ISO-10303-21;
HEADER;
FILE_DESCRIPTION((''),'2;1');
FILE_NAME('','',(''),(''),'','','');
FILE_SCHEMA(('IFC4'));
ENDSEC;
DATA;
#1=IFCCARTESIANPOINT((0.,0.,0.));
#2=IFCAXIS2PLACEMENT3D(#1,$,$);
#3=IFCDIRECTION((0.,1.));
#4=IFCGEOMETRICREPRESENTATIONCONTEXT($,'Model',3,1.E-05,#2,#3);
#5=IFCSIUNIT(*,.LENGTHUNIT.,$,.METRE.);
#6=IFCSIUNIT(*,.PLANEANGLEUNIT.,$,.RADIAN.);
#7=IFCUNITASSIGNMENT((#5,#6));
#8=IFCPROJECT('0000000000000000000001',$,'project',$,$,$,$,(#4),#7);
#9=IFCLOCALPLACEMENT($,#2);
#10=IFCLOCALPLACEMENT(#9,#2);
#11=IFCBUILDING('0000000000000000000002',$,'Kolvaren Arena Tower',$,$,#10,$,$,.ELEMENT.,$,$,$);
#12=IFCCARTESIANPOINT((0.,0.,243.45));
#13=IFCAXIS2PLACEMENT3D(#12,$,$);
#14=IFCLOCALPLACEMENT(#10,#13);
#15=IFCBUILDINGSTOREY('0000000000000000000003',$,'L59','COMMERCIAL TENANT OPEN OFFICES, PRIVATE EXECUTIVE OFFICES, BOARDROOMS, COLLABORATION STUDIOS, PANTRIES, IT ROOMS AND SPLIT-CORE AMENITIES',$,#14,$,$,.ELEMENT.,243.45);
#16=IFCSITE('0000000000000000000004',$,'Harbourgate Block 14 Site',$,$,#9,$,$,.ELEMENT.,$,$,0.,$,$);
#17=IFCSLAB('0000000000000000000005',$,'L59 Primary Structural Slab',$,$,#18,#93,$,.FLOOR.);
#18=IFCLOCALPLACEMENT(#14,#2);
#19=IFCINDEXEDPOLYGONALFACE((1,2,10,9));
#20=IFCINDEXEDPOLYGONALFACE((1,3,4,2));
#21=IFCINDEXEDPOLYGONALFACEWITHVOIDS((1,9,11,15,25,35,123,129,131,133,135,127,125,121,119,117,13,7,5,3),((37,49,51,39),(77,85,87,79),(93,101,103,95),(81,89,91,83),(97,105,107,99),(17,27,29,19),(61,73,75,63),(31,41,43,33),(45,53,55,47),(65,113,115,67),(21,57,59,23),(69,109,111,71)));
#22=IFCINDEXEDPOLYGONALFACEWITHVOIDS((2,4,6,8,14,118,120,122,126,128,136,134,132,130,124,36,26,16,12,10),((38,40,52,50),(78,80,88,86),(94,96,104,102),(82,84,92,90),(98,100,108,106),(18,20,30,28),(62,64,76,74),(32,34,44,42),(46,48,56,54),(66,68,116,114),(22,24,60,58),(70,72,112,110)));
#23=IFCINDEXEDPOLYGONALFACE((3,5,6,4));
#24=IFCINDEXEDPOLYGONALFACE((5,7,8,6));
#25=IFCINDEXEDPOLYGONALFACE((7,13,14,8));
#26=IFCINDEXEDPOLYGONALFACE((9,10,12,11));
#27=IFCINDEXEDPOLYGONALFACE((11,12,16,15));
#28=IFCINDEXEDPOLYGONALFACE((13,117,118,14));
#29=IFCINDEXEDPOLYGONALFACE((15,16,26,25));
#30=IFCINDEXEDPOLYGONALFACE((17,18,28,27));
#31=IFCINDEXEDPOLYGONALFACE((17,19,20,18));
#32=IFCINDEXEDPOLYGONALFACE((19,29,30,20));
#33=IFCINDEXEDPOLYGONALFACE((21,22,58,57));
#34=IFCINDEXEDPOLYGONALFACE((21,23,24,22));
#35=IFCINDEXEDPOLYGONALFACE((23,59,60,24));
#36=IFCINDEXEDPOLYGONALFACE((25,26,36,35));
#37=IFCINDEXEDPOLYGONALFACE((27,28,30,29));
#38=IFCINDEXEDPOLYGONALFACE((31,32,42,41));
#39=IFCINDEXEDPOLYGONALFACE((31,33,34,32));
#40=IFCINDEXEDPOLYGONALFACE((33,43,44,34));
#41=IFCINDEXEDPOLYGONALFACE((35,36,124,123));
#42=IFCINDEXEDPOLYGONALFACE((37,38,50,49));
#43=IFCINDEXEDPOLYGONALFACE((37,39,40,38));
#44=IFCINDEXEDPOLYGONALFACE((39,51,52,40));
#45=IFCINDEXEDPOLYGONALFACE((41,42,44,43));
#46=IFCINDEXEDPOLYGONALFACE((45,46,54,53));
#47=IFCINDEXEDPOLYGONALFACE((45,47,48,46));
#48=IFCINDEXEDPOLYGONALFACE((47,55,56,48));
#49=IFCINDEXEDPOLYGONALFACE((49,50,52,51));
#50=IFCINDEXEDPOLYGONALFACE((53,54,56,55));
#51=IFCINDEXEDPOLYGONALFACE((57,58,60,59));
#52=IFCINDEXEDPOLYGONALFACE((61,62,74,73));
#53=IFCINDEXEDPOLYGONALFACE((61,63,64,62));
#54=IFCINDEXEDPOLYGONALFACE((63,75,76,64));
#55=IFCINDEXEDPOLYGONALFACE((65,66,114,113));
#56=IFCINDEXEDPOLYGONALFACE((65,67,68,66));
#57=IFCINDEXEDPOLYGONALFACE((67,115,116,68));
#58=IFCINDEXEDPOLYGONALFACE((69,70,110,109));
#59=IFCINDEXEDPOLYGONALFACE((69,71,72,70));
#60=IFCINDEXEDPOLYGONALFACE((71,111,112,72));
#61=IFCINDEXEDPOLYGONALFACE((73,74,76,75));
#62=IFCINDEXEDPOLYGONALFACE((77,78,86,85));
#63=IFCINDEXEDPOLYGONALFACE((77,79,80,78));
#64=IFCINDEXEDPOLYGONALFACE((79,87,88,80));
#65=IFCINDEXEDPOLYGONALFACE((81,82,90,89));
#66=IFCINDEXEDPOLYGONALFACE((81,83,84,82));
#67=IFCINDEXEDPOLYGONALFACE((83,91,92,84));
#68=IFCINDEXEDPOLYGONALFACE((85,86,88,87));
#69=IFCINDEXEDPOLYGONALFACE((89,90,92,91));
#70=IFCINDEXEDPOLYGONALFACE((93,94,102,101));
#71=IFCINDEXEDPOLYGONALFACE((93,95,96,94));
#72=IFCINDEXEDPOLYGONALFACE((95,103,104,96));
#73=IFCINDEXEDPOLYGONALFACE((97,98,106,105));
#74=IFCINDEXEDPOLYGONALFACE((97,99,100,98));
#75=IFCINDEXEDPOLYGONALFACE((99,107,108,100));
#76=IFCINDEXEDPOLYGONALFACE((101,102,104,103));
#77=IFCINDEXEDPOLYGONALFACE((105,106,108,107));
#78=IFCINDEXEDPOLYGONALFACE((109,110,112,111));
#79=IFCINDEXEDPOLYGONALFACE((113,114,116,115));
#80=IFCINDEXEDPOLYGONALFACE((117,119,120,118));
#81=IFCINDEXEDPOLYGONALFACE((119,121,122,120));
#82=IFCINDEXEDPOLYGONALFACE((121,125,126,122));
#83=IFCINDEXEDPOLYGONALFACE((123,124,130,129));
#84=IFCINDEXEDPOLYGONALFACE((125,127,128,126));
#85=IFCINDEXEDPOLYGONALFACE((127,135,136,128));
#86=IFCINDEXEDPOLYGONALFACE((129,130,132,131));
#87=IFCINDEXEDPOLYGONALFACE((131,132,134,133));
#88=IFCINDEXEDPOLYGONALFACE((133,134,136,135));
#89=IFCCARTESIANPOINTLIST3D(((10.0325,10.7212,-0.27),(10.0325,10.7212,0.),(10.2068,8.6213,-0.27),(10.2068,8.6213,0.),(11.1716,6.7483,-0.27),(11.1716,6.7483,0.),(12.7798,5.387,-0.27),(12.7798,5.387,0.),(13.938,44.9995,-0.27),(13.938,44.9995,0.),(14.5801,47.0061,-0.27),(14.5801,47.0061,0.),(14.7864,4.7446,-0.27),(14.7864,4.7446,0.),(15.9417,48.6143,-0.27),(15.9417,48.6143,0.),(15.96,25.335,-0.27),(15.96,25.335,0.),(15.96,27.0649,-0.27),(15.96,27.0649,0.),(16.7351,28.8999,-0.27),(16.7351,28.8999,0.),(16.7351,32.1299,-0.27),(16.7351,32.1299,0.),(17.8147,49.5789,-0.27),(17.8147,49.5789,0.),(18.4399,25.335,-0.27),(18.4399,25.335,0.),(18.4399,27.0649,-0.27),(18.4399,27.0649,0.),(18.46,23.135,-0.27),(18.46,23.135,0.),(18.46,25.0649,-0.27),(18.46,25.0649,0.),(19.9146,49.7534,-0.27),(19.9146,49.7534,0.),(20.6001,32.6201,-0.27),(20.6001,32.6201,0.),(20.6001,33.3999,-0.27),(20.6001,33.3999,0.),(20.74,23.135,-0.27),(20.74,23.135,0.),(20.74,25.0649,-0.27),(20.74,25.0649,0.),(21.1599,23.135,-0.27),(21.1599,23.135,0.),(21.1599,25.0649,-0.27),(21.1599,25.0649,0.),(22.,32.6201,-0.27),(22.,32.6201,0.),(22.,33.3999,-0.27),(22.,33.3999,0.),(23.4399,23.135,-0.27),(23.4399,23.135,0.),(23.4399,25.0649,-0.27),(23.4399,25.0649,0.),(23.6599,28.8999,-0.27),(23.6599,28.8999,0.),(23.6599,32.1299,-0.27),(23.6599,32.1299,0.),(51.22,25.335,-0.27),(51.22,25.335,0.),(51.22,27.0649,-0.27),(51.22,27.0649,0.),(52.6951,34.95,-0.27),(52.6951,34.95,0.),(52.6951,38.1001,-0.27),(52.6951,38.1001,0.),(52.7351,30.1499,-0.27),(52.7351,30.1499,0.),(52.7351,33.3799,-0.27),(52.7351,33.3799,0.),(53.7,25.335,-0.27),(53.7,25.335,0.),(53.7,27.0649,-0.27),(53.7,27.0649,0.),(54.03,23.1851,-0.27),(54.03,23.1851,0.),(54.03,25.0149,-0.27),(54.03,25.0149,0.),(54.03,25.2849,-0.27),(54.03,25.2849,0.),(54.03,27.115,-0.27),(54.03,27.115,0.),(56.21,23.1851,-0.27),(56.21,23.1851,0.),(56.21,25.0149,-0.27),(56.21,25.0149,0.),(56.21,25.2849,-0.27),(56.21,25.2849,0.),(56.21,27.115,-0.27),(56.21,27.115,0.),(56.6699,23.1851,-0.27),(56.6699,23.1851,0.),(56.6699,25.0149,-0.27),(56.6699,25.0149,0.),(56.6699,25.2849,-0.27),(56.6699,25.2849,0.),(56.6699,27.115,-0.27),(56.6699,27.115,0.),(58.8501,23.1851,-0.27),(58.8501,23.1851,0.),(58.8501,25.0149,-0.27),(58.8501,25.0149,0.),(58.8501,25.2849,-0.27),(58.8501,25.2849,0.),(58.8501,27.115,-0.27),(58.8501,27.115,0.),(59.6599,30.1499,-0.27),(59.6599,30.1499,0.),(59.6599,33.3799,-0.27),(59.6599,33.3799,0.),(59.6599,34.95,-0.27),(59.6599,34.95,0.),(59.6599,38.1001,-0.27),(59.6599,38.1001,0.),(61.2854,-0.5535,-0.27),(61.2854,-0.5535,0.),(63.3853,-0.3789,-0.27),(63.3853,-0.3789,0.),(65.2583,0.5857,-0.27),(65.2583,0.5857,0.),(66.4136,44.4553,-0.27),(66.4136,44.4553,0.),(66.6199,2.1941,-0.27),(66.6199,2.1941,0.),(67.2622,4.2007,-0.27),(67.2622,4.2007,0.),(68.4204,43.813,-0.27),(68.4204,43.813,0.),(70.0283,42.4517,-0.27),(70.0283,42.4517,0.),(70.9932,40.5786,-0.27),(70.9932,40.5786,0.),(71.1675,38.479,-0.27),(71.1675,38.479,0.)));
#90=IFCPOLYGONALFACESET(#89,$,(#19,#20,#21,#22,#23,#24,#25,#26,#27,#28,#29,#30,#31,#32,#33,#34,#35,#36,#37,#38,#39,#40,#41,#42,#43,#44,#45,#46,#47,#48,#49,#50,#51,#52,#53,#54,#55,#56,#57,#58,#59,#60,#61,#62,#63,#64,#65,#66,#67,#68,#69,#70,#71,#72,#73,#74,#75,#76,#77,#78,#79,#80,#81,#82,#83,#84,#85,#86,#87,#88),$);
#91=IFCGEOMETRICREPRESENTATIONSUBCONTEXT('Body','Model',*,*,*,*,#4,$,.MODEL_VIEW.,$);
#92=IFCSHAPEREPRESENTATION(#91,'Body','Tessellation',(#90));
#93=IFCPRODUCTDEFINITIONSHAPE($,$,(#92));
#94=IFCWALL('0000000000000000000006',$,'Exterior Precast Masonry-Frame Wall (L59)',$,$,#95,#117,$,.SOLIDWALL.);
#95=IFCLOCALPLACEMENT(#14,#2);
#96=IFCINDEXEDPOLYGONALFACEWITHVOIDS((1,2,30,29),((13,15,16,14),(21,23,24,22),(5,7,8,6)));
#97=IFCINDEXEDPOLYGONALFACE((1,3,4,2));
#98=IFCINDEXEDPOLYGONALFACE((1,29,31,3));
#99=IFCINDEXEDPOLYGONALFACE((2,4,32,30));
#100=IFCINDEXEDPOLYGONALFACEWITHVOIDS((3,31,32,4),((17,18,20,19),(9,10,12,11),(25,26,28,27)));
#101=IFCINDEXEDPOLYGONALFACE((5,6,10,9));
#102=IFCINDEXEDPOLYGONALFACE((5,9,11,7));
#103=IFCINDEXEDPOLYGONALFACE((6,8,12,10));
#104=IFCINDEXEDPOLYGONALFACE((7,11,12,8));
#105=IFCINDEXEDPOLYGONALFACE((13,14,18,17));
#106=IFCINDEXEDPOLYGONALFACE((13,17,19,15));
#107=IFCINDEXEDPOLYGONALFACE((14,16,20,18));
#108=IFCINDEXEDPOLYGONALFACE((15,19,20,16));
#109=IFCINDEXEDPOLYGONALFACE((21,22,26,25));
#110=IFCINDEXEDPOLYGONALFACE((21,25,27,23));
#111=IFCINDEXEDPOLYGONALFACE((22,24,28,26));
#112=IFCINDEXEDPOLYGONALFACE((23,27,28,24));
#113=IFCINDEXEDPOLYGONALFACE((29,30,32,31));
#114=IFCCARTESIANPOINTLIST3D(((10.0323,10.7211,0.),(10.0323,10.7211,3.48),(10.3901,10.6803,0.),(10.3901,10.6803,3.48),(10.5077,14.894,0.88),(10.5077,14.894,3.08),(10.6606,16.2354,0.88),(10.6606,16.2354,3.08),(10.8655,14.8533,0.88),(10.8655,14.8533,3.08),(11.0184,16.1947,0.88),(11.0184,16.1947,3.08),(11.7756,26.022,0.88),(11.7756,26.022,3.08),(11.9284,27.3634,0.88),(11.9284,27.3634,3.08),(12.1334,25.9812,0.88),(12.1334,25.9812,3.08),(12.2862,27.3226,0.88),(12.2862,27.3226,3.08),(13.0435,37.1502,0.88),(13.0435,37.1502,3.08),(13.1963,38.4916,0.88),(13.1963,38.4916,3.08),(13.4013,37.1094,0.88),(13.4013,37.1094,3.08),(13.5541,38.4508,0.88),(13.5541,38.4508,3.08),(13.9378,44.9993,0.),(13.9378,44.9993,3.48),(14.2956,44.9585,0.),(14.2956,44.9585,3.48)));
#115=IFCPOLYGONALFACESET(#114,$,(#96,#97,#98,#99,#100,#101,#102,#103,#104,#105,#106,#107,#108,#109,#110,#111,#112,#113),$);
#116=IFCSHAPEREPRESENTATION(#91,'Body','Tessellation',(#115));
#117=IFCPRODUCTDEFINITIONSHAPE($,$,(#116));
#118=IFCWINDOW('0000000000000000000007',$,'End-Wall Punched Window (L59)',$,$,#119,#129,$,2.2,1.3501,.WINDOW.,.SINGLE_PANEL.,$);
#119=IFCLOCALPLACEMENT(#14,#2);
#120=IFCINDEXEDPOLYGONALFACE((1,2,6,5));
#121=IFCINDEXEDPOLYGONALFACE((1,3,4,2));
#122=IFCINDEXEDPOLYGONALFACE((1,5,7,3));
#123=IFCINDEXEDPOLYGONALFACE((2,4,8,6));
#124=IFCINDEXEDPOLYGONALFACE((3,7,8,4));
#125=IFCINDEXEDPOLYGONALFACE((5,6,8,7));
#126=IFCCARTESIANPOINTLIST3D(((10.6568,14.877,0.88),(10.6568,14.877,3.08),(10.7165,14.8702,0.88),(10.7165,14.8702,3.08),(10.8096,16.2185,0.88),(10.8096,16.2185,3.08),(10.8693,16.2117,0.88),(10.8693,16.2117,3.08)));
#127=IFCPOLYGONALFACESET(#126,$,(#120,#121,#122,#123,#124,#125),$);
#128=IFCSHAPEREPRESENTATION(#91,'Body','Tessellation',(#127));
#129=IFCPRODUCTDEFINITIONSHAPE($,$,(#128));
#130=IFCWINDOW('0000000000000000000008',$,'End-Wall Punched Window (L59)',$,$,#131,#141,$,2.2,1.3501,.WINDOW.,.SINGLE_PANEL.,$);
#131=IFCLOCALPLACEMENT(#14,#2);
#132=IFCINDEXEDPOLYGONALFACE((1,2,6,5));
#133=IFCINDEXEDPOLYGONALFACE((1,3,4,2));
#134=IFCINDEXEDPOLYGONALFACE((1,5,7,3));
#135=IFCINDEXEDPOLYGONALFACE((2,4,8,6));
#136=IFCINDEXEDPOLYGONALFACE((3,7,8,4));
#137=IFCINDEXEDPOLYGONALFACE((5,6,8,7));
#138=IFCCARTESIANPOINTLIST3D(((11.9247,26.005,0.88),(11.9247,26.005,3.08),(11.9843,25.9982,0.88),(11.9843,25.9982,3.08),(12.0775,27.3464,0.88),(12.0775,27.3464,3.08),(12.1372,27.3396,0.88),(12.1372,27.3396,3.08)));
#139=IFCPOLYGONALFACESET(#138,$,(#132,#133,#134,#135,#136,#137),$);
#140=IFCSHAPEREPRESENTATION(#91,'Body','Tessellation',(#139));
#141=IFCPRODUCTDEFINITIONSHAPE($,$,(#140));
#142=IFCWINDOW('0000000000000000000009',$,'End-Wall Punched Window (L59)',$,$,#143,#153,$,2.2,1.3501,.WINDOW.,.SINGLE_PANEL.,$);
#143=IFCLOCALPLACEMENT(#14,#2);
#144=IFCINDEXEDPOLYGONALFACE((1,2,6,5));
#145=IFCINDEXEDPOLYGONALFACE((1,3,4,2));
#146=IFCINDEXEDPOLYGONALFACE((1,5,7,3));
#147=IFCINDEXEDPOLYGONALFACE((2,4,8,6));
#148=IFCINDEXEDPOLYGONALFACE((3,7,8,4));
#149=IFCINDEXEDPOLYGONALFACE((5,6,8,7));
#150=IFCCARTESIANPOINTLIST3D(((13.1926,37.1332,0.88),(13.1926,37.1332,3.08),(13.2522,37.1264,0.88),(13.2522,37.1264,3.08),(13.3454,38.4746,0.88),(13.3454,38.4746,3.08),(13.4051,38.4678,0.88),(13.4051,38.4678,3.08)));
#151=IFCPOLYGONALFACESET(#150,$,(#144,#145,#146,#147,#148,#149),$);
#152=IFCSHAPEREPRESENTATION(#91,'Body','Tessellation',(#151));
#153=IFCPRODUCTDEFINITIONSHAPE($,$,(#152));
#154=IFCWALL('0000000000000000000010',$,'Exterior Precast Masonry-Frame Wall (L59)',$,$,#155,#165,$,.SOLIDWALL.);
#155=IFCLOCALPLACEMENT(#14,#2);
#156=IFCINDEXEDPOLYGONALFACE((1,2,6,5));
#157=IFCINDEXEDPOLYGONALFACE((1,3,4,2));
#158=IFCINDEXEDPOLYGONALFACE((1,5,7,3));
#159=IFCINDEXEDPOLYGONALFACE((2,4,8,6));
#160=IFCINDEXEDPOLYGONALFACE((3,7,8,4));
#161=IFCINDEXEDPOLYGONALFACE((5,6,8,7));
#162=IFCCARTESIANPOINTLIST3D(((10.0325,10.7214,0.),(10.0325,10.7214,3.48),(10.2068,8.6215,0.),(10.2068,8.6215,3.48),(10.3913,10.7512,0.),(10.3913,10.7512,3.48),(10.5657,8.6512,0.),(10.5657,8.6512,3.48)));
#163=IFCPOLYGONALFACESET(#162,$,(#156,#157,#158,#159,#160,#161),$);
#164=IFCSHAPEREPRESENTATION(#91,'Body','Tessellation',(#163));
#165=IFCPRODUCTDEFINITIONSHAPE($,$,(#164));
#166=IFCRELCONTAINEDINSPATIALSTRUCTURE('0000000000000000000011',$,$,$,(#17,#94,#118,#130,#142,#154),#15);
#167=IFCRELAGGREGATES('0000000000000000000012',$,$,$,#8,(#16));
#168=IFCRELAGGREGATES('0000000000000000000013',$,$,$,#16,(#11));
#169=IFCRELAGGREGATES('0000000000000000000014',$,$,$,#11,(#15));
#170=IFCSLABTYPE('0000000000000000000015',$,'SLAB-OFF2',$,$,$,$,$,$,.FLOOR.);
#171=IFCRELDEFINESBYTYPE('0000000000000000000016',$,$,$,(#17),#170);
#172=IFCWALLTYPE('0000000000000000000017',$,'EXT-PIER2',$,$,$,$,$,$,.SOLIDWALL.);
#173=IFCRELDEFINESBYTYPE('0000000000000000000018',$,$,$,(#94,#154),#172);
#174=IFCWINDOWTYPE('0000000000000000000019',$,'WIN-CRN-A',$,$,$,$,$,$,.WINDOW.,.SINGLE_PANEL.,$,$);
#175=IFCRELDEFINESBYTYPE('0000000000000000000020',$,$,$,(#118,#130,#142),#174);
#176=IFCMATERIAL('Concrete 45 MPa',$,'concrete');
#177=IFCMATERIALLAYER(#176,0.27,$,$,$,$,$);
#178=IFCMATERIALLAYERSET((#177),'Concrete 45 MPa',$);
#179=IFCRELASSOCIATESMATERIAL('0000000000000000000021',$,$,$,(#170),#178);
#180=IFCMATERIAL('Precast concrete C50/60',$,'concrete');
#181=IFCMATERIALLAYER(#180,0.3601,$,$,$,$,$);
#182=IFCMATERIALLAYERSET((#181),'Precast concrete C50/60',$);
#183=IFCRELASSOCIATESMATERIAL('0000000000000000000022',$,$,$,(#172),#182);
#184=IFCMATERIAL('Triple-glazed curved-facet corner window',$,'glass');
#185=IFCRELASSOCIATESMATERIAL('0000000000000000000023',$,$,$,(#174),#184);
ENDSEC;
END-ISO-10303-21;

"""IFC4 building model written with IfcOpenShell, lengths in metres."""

from ifc_helpers import new_model, si_unit, direction, frame, frame_2d, origin, place, context, subcontext, project, spatial, polyline, rectangle, outline, extrude, material, layer, layer_set, type_object, element, fill, save


model = new_model("IFC4")

# Units and contexts
model_context = context("Model", 3, precision=1e-05, world=origin(), true_north=direction((0.0, 1.0)))
body_context = subcontext(model_context, "Body", "Model", "MODEL_VIEW")
ifc_project = project(units=[si_unit("LENGTHUNIT", "METRE"), si_unit("PLANEANGLEUNIT", "RADIAN")], contexts=[model_context])

# Site, building, storey
site_placement = place(None, origin())
site = spatial("IfcSite", under=ifc_project, at=site_placement, Name="Harbourgate Block 14 Site", CompositionType="ELEMENT", RefElevation=0.0)
building_placement = place(site_placement, origin())
building = spatial("IfcBuilding", under=site, at=building_placement, Name="Kolvaren Arena Tower", CompositionType="ELEMENT")
storey_placement = place(building_placement, frame((0.0, 0.0, 243.45)))
storey = spatial("IfcBuildingStorey", under=building, at=storey_placement, Name="L59", Description="COMMERCIAL TENANT OPEN OFFICES, PRIVATE EXECUTIVE OFFICES, BOARDROOMS, COLLABORATION STUDIOS, PANTRIES, IT ROOMS AND SPLIT-CORE AMENITIES", CompositionType="ELEMENT", Elevation=243.45)

# Shared definitions
ifc_material_1 = material(Name="Concrete 45 MPa", Category="concrete")

# Slab
ifc_layer_1 = layer(ifc_material_1, 0.27)
ifc_layer_set_1 = layer_set([ifc_layer_1], Name="Concrete 45 MPa")
slab_type_1 = type_object("IfcSlabType", Name="SLAB-OFF2", PredefinedType="FLOOR", material=ifc_layer_set_1)
slab_1_placement = place(storey_placement, frame((0.0, 0.0, -0.27)))
element("IfcSlab", 1, at=slab_1_placement, inside=storey, type_object=slab_type_1, Name="L59 Primary Structural Slab", PredefinedType="FLOOR", context=body_context, shape_type="SweptSolid", body=[
    extrude(outline(polyline([(61.2854, -0.5535), (63.3853, -0.3789), (65.2583, 0.5857), (66.6199, 2.1941), (67.2622, 4.2007), (71.1675, 38.479), (70.9932, 40.5786), (70.0283, 42.4517), (68.4204, 43.813), (66.4136, 44.4553), (19.9146, 49.7534), (17.8147, 49.5789), (15.9417, 48.6143), (14.5801, 47.0061), (13.938, 44.9995), (10.0325, 10.7212), (10.2068, 8.6213), (11.1716, 6.7483), (12.7798, 5.387), (14.7864, 4.7446), (61.2854, -0.5535)]), holes=[polyline([(20.74, 23.135), (18.46, 23.135), (18.46, 25.0649), (20.74, 25.0649), (20.74, 23.135)]), polyline([(21.1599, 23.135), (21.1599, 25.0649), (23.4399, 25.0649), (23.4399, 23.135), (21.1599, 23.135)]), polyline([(56.21, 23.1851), (54.03, 23.1851), (54.03, 25.0149), (56.21, 25.0149), (56.21, 23.1851)]), polyline([(56.6699, 23.1851), (56.6699, 25.0149), (58.8501, 25.0149), (58.8501, 23.1851), (56.6699, 23.1851)]), polyline([(54.03, 25.2849), (54.03, 27.115), (56.21, 27.115), (56.21, 25.2849), (54.03, 25.2849)]), polyline([(58.8501, 25.2849), (56.6699, 25.2849), (56.6699, 27.115), (58.8501, 27.115), (58.8501, 25.2849)]), polyline([(15.96, 25.335), (15.96, 27.0649), (18.4399, 27.0649), (18.4399, 25.335), (15.96, 25.335)]), polyline([(53.7, 25.335), (51.22, 25.335), (51.22, 27.0649), (53.7, 27.0649), (53.7, 25.335)]), polyline([(16.7351, 28.8999), (16.7351, 32.1299), (23.6599, 32.1299), (23.6599, 28.8999), (16.7351, 28.8999)]), polyline([(52.7351, 30.1499), (52.7351, 33.3799), (59.6599, 33.3799), (59.6599, 30.1499), (52.7351, 30.1499)]), polyline([(20.6001, 32.6201), (20.6001, 33.3999), (22.0, 33.3999), (22.0, 32.6201), (20.6001, 32.6201)]), polyline([(52.6951, 34.95), (52.6951, 38.1001), (59.6599, 38.1001), (59.6599, 34.95), (52.6951, 34.95)])]), origin(), (0.0, 0.0, 1.0), 0.27),
])

# Wall, openings, windows
ifc_material_2 = material(Name="Precast concrete C50/60", Category="concrete")
ifc_layer_2 = layer(ifc_material_2, 0.3601)
ifc_layer_set_2 = layer_set([ifc_layer_2], Name="Precast concrete C50/60")
wall_type = type_object("IfcWallType", Name="EXT-PIER2", PredefinedType="SOLIDWALL", material=ifc_layer_set_2)
wall_1_placement = place(storey_placement, frame((10.2112, 10.7007, 0.0), z_axis=(0.0, 0.0, 1.0), x_axis=(0.113203, 0.993572, 0.0)))
wall_1 = element("IfcWall", 2, at=wall_1_placement, inside=storey, type_object=wall_type, Name="Exterior Precast Masonry-Frame Wall (L59)", PredefinedType="SOLIDWALL", context=body_context, shape_type="SweptSolid", body=[
    extrude(rectangle(XDim=34.5, YDim=0.3601, at=frame_2d((17.25, 0.0))), origin(), (0.0, 0.0, 1.0), 3.48),
])
opening_1_placement = place(wall_1_placement, frame((4.2, 0.0, 0.8799)))
opening_1 = element("IfcOpeningElement", 3, at=opening_1_placement, cuts=wall_1, PredefinedType="OPENING", context=body_context, shape_type="SweptSolid", body=[
    extrude(rectangle(XDim=1.3501, YDim=2.2, at=frame_2d((0.675, 1.1001))), frame((0.0, 0.1899, 0.0), z_axis=(0.0, -1.0, 0.0), x_axis=(1.0, 0.0, 0.0)), (0.0, 0.0, 1.0), 0.3801),
])
opening_2_placement = place(wall_1_placement, frame((15.3999, 0.0, 0.8799)))
opening_2 = element("IfcOpeningElement", 4, at=opening_2_placement, cuts=wall_1, PredefinedType="OPENING", context=body_context, shape_type="SweptSolid", body=[
    extrude(rectangle(XDim=1.3501, YDim=2.2, at=frame_2d((0.675, 1.1001))), frame((0.0, 0.1899, 0.0), z_axis=(0.0, -1.0, 0.0), x_axis=(1.0, 0.0, 0.0)), (0.0, 0.0, 1.0), 0.3801),
])
opening_3_placement = place(wall_1_placement, frame((26.6001, 0.0, 0.8799)))
opening_3 = element("IfcOpeningElement", 5, at=opening_3_placement, cuts=wall_1, PredefinedType="OPENING", context=body_context, shape_type="SweptSolid", body=[
    extrude(rectangle(XDim=1.3501, YDim=2.2, at=frame_2d((0.675, 1.1001))), frame((0.0, 0.1899, 0.0), z_axis=(0.0, -1.0, 0.0), x_axis=(1.0, 0.0, 0.0)), (0.0, 0.0, 1.0), 0.3801),
])
ifc_material_3 = material(Name="Triple-glazed curved-facet corner window", Category="glass")
window_type = type_object("IfcWindowType", Name="WIN-CRN-A", PartitioningType="SINGLE_PANEL", PredefinedType="WINDOW", material=ifc_material_3)
window_1_placement = place(opening_1_placement, origin())
window_1 = element("IfcWindow", 6, at=window_1_placement, inside=storey, type_object=window_type, Name="End-Wall Punched Window (L59)", OverallHeight=2.2, OverallWidth=1.3501, PartitioningType="SINGLE_PANEL", PredefinedType="WINDOW", context=body_context, shape_type="SweptSolid", body=[
    extrude(rectangle(XDim=1.3501, YDim=2.2, at=frame_2d((0.675, 1.1001))), frame((0.0, 0.03, 0.0), z_axis=(0.0, -1.0, 0.0), x_axis=(1.0, 0.0, 0.0)), (0.0, 0.0, 1.0), 0.0601),
])
fill(opening_1, window_1)
window_2_placement = place(opening_2_placement, origin())
window_2 = element("IfcWindow", 7, at=window_2_placement, inside=storey, type_object=window_type, Name="End-Wall Punched Window (L59)", OverallHeight=2.2, OverallWidth=1.3501, PartitioningType="SINGLE_PANEL", PredefinedType="WINDOW", context=body_context, shape_type="SweptSolid", body=[
    extrude(rectangle(XDim=1.3501, YDim=2.2, at=frame_2d((0.675, 1.1001))), frame((0.0, 0.03, 0.0), z_axis=(0.0, -1.0, 0.0), x_axis=(1.0, 0.0, 0.0)), (0.0, 0.0, 1.0), 0.0601),
])
fill(opening_2, window_2)
window_3_placement = place(opening_3_placement, origin())
window_3 = element("IfcWindow", 8, at=window_3_placement, inside=storey, type_object=window_type, Name="End-Wall Punched Window (L59)", OverallHeight=2.2, OverallWidth=1.3501, PartitioningType="SINGLE_PANEL", PredefinedType="WINDOW", context=body_context, shape_type="SweptSolid", body=[
    extrude(rectangle(XDim=1.3501, YDim=2.2, at=frame_2d((0.675, 1.1001))), frame((0.0, 0.03, 0.0), z_axis=(0.0, -1.0, 0.0), x_axis=(1.0, 0.0, 0.0)), (0.0, 0.0, 1.0), 0.0601),
])
fill(opening_3, window_3)

# Wall
wall_2_placement = place(storey_placement, frame((10.3862, 8.6362, 0.0), z_axis=(0.0, 0.0, 1.0), x_axis=(-0.082729, 0.996572, 0.0)))
element("IfcWall", 9, at=wall_2_placement, inside=storey, type_object=wall_type, Name="Exterior Precast Masonry-Frame Wall (L59)", PredefinedType="SOLIDWALL", context=body_context, shape_type="SweptSolid", body=[
    extrude(rectangle(XDim=2.1072, YDim=0.3601, at=frame_2d((1.0537, 0.0))), origin(), (0.0, 0.0, 1.0), 3.48),
])

save(model, "model.ifc")
